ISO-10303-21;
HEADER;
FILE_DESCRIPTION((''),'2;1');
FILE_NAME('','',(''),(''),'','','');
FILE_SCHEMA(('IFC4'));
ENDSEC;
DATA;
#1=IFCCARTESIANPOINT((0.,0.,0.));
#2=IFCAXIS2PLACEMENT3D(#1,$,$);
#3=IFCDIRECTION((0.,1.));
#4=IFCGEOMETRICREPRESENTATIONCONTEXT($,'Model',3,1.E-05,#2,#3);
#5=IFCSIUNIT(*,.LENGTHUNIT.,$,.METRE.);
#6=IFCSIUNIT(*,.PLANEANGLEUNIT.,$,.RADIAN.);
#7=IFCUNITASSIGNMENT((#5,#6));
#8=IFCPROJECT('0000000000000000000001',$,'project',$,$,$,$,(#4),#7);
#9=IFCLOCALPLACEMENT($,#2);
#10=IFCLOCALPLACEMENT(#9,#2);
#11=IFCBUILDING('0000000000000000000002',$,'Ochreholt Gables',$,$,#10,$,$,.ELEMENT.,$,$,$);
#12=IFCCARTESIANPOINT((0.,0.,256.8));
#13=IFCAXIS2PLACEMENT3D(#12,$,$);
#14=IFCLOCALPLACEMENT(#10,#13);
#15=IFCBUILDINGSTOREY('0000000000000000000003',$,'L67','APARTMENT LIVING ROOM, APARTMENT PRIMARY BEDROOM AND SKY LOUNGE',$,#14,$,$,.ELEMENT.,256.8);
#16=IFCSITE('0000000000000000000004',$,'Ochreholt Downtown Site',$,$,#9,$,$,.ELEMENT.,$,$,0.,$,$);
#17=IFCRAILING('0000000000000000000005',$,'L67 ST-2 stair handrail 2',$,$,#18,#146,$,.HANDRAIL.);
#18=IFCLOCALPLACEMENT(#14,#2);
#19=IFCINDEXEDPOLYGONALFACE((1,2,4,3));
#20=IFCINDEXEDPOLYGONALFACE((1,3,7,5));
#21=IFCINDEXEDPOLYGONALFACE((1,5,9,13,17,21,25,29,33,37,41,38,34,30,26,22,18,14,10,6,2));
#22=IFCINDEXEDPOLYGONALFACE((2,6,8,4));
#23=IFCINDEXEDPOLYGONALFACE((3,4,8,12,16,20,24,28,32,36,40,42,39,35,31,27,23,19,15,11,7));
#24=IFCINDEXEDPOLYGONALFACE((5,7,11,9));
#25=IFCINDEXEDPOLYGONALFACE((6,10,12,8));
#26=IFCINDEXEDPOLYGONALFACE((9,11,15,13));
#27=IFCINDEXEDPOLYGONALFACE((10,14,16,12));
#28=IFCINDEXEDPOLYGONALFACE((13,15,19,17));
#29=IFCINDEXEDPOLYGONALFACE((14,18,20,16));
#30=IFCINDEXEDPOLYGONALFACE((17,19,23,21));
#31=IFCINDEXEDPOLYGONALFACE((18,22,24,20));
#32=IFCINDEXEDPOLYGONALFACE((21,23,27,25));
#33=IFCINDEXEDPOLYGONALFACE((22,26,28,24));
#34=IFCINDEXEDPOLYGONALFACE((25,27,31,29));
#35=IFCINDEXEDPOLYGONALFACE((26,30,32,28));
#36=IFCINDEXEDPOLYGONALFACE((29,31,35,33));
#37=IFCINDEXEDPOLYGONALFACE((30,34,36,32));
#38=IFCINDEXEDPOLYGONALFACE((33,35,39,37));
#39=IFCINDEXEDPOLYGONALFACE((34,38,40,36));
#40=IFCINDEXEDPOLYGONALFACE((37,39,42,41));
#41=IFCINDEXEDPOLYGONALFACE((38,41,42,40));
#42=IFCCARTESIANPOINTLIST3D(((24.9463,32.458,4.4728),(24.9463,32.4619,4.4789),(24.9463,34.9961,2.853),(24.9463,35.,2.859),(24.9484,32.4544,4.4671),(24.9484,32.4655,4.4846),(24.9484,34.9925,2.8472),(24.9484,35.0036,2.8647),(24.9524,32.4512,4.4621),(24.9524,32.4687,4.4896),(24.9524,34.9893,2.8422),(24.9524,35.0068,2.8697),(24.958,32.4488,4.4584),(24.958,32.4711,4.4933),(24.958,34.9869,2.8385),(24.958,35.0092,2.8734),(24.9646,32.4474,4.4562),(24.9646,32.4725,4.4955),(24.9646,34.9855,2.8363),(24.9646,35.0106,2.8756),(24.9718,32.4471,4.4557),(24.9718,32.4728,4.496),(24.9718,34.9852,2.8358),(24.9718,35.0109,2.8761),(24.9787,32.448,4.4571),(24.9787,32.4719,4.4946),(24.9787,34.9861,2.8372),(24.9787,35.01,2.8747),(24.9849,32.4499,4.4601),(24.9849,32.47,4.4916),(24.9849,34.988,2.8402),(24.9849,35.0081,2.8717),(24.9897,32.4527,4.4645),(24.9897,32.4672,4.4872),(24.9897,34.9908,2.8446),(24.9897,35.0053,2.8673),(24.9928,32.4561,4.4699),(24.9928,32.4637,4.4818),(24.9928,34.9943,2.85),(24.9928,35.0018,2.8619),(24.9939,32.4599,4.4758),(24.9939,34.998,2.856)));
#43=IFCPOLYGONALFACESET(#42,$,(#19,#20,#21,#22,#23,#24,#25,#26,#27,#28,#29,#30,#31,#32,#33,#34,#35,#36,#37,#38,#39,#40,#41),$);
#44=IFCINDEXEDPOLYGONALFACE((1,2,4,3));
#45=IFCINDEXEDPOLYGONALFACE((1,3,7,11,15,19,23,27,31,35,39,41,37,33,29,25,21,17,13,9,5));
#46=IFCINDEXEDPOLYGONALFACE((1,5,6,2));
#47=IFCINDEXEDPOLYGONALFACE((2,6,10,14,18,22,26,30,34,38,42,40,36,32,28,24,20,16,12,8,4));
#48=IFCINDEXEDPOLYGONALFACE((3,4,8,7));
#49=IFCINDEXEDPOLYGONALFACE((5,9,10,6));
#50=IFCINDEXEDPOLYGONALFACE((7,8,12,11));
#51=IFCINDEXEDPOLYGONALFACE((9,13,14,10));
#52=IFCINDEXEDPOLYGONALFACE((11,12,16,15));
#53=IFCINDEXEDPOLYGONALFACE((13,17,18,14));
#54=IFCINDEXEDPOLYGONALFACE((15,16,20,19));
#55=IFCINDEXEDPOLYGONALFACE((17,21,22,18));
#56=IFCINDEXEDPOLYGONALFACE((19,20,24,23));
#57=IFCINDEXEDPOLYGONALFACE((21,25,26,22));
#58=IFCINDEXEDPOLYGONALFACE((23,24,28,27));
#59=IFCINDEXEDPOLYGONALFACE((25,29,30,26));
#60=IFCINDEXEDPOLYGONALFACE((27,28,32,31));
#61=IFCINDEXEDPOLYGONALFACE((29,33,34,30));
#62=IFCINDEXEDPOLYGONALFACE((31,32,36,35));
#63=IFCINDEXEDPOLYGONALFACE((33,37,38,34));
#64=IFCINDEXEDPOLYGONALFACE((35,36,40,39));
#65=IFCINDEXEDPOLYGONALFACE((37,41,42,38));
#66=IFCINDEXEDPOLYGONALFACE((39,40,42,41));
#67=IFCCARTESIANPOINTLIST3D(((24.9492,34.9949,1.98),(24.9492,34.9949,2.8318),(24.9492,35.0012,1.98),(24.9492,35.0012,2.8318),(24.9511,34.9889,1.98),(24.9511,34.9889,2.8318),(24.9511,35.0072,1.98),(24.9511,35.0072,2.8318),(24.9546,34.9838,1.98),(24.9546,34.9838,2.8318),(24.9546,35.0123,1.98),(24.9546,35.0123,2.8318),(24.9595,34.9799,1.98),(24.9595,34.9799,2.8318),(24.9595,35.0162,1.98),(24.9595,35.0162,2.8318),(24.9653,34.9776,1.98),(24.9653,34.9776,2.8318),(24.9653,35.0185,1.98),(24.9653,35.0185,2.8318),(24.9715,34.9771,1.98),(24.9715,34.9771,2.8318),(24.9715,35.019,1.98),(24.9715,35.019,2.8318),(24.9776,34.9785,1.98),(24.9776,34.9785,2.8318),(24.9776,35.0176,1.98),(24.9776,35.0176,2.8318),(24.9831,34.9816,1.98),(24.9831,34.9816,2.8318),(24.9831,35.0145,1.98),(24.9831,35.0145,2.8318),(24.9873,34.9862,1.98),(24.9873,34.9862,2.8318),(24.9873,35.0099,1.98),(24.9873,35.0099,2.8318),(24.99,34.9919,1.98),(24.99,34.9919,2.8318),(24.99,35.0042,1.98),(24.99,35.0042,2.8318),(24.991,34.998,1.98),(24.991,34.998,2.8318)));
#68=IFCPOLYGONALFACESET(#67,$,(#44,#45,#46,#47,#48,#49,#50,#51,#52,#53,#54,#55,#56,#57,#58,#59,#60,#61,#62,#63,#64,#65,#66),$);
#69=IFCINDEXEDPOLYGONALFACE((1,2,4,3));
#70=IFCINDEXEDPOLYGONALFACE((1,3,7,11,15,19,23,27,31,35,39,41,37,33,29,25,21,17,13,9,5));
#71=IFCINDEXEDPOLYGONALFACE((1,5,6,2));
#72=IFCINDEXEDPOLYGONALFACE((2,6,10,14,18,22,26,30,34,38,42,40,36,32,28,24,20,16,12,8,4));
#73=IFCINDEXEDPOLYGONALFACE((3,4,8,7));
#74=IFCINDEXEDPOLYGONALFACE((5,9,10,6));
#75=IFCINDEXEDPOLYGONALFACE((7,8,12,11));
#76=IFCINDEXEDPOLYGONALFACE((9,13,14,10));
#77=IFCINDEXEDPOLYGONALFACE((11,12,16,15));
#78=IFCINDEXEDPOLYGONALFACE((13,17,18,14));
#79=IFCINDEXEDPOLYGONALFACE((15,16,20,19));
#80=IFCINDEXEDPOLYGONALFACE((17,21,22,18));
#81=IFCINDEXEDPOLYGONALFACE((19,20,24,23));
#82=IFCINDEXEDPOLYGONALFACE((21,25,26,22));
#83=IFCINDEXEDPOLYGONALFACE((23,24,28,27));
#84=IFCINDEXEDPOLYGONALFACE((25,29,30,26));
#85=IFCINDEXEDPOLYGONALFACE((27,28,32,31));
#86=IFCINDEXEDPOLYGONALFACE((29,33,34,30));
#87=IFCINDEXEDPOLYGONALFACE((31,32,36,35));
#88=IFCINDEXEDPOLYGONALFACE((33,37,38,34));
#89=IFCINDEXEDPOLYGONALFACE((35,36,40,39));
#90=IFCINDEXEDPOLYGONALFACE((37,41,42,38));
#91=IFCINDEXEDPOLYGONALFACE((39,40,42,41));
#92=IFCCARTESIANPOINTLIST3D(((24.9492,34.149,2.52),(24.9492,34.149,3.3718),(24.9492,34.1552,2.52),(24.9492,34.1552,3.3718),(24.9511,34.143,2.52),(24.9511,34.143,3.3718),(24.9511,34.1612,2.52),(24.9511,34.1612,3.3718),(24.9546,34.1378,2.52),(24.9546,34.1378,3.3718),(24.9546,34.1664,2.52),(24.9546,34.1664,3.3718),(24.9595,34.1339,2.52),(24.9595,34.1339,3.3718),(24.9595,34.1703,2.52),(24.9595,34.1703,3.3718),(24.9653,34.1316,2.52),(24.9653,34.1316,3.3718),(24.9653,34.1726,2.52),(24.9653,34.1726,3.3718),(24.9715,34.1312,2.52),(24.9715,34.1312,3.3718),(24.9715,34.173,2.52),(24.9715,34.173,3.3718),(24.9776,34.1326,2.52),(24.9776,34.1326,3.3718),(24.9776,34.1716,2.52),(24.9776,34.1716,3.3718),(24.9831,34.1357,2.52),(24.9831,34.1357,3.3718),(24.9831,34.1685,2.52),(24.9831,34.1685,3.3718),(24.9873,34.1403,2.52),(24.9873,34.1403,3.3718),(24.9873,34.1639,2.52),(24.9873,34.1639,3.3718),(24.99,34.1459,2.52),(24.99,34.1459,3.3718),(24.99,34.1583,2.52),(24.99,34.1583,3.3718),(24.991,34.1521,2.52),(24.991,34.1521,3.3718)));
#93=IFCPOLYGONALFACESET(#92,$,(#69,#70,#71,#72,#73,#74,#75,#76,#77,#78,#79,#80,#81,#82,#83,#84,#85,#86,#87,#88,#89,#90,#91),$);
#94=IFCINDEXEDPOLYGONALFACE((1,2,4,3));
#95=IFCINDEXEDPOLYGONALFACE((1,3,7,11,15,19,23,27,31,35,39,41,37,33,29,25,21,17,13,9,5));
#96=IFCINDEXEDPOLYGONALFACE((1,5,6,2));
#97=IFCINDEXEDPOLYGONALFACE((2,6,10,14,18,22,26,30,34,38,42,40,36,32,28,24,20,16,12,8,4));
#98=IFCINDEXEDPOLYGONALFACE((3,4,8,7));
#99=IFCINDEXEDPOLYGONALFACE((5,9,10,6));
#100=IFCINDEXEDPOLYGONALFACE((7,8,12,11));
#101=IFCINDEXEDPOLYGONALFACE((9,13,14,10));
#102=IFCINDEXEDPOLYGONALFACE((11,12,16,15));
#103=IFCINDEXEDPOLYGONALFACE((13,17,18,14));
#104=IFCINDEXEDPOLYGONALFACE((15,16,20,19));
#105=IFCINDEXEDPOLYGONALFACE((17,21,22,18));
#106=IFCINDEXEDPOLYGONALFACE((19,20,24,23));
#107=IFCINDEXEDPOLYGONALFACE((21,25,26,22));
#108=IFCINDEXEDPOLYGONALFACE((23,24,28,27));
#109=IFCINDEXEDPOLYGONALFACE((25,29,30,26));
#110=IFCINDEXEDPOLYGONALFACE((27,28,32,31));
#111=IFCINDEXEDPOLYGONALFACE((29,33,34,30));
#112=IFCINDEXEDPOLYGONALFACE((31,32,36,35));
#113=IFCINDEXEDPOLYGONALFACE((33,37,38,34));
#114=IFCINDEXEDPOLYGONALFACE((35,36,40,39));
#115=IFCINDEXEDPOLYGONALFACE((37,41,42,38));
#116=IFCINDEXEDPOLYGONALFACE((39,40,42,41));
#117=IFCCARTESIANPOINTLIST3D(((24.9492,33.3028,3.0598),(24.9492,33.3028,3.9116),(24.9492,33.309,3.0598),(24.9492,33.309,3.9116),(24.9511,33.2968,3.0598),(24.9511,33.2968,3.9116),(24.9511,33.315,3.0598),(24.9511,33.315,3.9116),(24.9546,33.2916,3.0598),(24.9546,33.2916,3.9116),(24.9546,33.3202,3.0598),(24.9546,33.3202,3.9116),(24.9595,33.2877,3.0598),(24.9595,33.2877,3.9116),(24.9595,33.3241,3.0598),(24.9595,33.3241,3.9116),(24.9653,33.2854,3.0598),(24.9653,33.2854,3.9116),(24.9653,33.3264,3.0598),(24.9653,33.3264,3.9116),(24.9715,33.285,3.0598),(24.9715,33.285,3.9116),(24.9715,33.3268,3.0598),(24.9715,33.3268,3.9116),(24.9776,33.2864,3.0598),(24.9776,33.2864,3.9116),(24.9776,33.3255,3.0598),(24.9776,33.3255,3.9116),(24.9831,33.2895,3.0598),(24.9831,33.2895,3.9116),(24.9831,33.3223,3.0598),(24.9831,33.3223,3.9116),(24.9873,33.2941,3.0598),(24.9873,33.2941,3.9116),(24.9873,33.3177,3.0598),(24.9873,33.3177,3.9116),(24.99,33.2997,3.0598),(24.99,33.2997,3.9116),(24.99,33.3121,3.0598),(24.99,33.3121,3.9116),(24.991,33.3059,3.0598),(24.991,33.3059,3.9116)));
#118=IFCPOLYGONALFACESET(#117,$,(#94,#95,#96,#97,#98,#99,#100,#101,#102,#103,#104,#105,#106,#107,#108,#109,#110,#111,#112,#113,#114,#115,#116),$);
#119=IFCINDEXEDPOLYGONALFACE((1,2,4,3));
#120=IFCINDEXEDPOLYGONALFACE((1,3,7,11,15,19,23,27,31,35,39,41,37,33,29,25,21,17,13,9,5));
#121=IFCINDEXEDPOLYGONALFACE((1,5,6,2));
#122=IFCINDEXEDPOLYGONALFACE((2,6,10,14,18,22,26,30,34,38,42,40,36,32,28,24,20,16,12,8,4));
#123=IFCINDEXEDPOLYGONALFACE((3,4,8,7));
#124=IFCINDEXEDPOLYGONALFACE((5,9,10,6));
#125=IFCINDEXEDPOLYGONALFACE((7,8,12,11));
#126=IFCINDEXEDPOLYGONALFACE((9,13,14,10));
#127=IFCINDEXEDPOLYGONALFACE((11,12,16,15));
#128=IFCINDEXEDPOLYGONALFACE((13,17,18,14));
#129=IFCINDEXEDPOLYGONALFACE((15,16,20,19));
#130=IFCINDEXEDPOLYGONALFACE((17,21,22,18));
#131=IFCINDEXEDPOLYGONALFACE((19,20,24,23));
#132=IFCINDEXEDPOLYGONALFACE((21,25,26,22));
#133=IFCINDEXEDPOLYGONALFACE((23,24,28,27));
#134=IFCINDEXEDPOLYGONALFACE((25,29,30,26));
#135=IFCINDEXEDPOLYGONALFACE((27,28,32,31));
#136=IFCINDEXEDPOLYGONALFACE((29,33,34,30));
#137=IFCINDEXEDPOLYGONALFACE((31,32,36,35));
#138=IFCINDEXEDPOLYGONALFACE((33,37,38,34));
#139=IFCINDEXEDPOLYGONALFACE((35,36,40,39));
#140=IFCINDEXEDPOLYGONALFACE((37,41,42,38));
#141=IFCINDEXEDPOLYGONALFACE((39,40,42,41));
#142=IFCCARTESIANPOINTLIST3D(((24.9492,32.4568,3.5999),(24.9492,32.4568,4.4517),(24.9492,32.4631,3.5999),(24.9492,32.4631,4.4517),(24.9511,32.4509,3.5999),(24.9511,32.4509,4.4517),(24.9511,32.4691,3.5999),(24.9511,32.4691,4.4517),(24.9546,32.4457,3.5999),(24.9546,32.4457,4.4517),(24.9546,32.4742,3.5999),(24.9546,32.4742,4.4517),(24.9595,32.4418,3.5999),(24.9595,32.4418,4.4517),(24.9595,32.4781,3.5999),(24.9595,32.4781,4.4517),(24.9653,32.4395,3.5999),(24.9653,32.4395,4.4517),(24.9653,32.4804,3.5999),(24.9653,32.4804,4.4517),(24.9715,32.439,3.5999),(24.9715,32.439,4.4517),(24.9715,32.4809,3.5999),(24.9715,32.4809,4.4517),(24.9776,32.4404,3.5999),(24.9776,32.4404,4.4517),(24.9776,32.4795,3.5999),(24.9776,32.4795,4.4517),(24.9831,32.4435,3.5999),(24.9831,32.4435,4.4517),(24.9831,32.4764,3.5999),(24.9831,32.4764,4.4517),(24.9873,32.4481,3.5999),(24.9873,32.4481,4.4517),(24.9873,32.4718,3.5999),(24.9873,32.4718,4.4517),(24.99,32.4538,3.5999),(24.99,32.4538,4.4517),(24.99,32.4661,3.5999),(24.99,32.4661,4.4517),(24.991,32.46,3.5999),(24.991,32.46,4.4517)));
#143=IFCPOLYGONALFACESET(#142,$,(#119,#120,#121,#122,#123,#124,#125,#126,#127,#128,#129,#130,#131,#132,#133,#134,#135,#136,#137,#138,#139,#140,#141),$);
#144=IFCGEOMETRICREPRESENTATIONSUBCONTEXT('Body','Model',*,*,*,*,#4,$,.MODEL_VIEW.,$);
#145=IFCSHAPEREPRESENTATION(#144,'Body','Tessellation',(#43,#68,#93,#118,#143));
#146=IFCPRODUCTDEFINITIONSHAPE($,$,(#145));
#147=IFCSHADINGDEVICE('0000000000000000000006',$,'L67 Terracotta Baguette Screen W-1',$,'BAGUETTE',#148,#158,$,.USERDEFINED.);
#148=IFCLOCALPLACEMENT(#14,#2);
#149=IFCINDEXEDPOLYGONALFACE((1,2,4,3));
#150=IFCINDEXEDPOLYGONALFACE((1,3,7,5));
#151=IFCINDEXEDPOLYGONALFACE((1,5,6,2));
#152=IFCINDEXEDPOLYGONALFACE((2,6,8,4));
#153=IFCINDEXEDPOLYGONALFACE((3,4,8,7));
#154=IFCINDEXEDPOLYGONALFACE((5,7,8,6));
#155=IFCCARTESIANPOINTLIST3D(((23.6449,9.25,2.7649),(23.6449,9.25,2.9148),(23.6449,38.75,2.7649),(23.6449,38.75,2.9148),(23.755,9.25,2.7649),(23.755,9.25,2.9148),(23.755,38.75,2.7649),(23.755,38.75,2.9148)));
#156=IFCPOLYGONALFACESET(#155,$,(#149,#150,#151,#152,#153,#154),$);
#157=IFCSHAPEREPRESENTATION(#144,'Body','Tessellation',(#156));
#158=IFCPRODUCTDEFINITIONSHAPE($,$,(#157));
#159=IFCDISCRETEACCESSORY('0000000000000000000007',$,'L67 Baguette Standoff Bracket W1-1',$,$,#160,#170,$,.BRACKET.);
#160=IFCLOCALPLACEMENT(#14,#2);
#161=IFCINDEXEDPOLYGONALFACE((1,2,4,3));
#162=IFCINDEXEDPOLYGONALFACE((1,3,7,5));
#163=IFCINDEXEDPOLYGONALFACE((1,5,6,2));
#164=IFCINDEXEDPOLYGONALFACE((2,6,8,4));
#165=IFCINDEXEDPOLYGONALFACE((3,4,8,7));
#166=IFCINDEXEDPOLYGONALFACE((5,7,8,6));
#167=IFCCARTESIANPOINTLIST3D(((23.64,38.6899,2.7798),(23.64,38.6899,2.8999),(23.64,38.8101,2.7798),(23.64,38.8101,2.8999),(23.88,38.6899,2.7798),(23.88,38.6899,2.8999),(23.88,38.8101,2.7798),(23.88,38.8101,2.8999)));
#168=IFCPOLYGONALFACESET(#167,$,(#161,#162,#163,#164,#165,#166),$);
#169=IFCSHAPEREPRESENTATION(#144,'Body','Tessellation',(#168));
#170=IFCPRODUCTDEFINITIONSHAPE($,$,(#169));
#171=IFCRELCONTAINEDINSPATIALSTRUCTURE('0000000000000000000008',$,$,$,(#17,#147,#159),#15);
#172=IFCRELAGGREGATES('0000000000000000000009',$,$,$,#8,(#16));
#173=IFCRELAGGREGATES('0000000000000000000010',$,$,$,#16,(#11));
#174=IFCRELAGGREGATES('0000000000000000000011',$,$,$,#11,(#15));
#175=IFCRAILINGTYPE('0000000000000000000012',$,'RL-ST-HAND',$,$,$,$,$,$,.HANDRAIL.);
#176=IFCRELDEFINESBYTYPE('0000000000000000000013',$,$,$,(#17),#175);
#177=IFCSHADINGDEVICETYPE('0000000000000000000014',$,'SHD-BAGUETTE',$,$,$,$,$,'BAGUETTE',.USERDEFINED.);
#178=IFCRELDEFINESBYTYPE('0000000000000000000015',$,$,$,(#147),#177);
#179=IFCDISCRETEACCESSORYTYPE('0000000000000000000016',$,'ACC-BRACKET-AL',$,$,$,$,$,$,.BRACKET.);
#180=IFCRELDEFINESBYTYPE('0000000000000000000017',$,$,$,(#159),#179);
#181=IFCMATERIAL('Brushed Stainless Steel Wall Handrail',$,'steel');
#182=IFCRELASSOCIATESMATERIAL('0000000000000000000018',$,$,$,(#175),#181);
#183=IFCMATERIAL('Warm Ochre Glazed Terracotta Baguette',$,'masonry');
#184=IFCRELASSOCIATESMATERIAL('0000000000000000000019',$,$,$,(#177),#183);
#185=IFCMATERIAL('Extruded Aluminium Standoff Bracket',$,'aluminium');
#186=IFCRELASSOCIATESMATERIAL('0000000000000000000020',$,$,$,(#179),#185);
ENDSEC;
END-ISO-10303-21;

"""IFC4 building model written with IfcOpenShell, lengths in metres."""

from ifc_helpers import new_model, si_unit, direction, frame, origin, origin_2d, place, context, subcontext, project, spatial, rectangle, circle, extrude, material, material_profile, profile_set, type_object, element, save


model = new_model("IFC4")

# Units and contexts
model_context = context("Model", 3, precision=1e-05, world=origin(), true_north=direction((0.0, 1.0)))
body_context = subcontext(model_context, "Body", "Model", "MODEL_VIEW")
ifc_project = project(units=[si_unit("LENGTHUNIT", "METRE"), si_unit("PLANEANGLEUNIT", "RADIAN")], contexts=[model_context])

# Site, building, storey
site_placement = place(None, origin())
site = spatial("IfcSite", under=ifc_project, at=site_placement, Name="Ochreholt Downtown Site", CompositionType="ELEMENT", RefElevation=0.0)
building_placement = place(site_placement, origin())
building = spatial("IfcBuilding", under=site, at=building_placement, Name="Ochreholt Gables", CompositionType="ELEMENT")
storey_placement = place(building_placement, frame((0.0, 0.0, 256.8)))
storey = spatial("IfcBuildingStorey", under=building, at=storey_placement, Name="L67", Description="APARTMENT LIVING ROOM, APARTMENT PRIMARY BEDROOM AND SKY LOUNGE", CompositionType="ELEMENT", Elevation=256.8)

# Railing
ifc_material_1 = material(Name="Brushed Stainless Steel Wall Handrail", Category="steel")
railing_type_1 = type_object("IfcRailingType", Name="RL-ST-HAND", PredefinedType="HANDRAIL", material=ifc_material_1)
railing_1_placement = place(storey_placement, frame((24.97, 34.998, 1.98)))
element("IfcRailing", 1, at=railing_1_placement, inside=storey, type_object=railing_type_1, Name="L67 ST-2 stair handrail 2", PredefinedType="HANDRAIL", context=body_context, shape_type="SweptSolid", body=[
    extrude(circle(Radius=0.0239, at=origin_2d()), frame((0.0, 0.0, 0.876), z_axis=(0.0, -0.84295, 0.537993), x_axis=(1.0, 0.0, 0.0)), (0.0, 0.0, 1.0), 3.011),
    extrude(circle(Radius=0.021, at=origin_2d()), origin(), (0.0, 0.0, 1.0), 0.8518),
    extrude(circle(Radius=0.021, at=origin_2d()), frame((0.0, -0.8459, 0.54)), (0.0, 0.0, 1.0), 0.8518),
    extrude(circle(Radius=0.021, at=origin_2d()), frame((0.0, -1.6921, 1.0798)), (0.0, 0.0, 1.0), 0.8518),
    extrude(circle(Radius=0.021, at=origin_2d()), frame((0.0, -2.5381, 1.6199)), (0.0, 0.0, 1.0), 0.8518),
])

# Shading device
ifc_material_2 = material(Name="Warm Ochre Glazed Terracotta Baguette", Category="masonry")
ifc_material_profile_1 = material_profile(ifc_material_2, rectangle(XDim=0.1101, YDim=0.1499, at=origin_2d()), Name="TCBAG110X150")
ifc_profile_set_1 = profile_set([ifc_material_profile_1], Name="Warm Ochre Glazed Terracotta Baguette")
shading_device_type = type_object("IfcShadingDeviceType", Name="SHD-BAGUETTE", ElementType="BAGUETTE", PredefinedType="USERDEFINED", material=ifc_profile_set_1)
shading_device_placement = place(storey_placement, frame((23.7, 38.75, 2.8398), z_axis=(0.0, -1.0, 0.0), x_axis=(1.0, 0.0, 0.0)))
element("IfcShadingDevice", 2, at=shading_device_placement, inside=storey, type_object=shading_device_type, Name="L67 Terracotta Baguette Screen W-1", ObjectType="BAGUETTE", PredefinedType="USERDEFINED", context=body_context, shape_type="SweptSolid", body=[
    extrude(rectangle(XDim=0.1101, YDim=0.1499, at=origin_2d()), origin(), (0.0, 0.0, 1.0), 29.5),
])

# Discrete accessory
ifc_material_3 = material(Name="Extruded Aluminium Standoff Bracket", Category="aluminium")
discrete_accessory_type = type_object("IfcDiscreteAccessoryType", Name="ACC-BRACKET-AL", PredefinedType="BRACKET", material=ifc_material_3)
discrete_accessory_placement = place(storey_placement, frame((23.76, 38.75, 2.7798), z_axis=(0.0, 0.0, 1.0), x_axis=(0.0, -1.0, 0.0)))
element("IfcDiscreteAccessory", 3, at=discrete_accessory_placement, inside=storey, type_object=discrete_accessory_type, Name="L67 Baguette Standoff Bracket W1-1", PredefinedType="BRACKET", context=body_context, shape_type="SweptSolid", body=[
    extrude(rectangle(XDim=0.1201, YDim=0.24, at=origin_2d()), origin(), (0.0, 0.0, 1.0), 0.1201),
])

save(model, "model.ifc")
